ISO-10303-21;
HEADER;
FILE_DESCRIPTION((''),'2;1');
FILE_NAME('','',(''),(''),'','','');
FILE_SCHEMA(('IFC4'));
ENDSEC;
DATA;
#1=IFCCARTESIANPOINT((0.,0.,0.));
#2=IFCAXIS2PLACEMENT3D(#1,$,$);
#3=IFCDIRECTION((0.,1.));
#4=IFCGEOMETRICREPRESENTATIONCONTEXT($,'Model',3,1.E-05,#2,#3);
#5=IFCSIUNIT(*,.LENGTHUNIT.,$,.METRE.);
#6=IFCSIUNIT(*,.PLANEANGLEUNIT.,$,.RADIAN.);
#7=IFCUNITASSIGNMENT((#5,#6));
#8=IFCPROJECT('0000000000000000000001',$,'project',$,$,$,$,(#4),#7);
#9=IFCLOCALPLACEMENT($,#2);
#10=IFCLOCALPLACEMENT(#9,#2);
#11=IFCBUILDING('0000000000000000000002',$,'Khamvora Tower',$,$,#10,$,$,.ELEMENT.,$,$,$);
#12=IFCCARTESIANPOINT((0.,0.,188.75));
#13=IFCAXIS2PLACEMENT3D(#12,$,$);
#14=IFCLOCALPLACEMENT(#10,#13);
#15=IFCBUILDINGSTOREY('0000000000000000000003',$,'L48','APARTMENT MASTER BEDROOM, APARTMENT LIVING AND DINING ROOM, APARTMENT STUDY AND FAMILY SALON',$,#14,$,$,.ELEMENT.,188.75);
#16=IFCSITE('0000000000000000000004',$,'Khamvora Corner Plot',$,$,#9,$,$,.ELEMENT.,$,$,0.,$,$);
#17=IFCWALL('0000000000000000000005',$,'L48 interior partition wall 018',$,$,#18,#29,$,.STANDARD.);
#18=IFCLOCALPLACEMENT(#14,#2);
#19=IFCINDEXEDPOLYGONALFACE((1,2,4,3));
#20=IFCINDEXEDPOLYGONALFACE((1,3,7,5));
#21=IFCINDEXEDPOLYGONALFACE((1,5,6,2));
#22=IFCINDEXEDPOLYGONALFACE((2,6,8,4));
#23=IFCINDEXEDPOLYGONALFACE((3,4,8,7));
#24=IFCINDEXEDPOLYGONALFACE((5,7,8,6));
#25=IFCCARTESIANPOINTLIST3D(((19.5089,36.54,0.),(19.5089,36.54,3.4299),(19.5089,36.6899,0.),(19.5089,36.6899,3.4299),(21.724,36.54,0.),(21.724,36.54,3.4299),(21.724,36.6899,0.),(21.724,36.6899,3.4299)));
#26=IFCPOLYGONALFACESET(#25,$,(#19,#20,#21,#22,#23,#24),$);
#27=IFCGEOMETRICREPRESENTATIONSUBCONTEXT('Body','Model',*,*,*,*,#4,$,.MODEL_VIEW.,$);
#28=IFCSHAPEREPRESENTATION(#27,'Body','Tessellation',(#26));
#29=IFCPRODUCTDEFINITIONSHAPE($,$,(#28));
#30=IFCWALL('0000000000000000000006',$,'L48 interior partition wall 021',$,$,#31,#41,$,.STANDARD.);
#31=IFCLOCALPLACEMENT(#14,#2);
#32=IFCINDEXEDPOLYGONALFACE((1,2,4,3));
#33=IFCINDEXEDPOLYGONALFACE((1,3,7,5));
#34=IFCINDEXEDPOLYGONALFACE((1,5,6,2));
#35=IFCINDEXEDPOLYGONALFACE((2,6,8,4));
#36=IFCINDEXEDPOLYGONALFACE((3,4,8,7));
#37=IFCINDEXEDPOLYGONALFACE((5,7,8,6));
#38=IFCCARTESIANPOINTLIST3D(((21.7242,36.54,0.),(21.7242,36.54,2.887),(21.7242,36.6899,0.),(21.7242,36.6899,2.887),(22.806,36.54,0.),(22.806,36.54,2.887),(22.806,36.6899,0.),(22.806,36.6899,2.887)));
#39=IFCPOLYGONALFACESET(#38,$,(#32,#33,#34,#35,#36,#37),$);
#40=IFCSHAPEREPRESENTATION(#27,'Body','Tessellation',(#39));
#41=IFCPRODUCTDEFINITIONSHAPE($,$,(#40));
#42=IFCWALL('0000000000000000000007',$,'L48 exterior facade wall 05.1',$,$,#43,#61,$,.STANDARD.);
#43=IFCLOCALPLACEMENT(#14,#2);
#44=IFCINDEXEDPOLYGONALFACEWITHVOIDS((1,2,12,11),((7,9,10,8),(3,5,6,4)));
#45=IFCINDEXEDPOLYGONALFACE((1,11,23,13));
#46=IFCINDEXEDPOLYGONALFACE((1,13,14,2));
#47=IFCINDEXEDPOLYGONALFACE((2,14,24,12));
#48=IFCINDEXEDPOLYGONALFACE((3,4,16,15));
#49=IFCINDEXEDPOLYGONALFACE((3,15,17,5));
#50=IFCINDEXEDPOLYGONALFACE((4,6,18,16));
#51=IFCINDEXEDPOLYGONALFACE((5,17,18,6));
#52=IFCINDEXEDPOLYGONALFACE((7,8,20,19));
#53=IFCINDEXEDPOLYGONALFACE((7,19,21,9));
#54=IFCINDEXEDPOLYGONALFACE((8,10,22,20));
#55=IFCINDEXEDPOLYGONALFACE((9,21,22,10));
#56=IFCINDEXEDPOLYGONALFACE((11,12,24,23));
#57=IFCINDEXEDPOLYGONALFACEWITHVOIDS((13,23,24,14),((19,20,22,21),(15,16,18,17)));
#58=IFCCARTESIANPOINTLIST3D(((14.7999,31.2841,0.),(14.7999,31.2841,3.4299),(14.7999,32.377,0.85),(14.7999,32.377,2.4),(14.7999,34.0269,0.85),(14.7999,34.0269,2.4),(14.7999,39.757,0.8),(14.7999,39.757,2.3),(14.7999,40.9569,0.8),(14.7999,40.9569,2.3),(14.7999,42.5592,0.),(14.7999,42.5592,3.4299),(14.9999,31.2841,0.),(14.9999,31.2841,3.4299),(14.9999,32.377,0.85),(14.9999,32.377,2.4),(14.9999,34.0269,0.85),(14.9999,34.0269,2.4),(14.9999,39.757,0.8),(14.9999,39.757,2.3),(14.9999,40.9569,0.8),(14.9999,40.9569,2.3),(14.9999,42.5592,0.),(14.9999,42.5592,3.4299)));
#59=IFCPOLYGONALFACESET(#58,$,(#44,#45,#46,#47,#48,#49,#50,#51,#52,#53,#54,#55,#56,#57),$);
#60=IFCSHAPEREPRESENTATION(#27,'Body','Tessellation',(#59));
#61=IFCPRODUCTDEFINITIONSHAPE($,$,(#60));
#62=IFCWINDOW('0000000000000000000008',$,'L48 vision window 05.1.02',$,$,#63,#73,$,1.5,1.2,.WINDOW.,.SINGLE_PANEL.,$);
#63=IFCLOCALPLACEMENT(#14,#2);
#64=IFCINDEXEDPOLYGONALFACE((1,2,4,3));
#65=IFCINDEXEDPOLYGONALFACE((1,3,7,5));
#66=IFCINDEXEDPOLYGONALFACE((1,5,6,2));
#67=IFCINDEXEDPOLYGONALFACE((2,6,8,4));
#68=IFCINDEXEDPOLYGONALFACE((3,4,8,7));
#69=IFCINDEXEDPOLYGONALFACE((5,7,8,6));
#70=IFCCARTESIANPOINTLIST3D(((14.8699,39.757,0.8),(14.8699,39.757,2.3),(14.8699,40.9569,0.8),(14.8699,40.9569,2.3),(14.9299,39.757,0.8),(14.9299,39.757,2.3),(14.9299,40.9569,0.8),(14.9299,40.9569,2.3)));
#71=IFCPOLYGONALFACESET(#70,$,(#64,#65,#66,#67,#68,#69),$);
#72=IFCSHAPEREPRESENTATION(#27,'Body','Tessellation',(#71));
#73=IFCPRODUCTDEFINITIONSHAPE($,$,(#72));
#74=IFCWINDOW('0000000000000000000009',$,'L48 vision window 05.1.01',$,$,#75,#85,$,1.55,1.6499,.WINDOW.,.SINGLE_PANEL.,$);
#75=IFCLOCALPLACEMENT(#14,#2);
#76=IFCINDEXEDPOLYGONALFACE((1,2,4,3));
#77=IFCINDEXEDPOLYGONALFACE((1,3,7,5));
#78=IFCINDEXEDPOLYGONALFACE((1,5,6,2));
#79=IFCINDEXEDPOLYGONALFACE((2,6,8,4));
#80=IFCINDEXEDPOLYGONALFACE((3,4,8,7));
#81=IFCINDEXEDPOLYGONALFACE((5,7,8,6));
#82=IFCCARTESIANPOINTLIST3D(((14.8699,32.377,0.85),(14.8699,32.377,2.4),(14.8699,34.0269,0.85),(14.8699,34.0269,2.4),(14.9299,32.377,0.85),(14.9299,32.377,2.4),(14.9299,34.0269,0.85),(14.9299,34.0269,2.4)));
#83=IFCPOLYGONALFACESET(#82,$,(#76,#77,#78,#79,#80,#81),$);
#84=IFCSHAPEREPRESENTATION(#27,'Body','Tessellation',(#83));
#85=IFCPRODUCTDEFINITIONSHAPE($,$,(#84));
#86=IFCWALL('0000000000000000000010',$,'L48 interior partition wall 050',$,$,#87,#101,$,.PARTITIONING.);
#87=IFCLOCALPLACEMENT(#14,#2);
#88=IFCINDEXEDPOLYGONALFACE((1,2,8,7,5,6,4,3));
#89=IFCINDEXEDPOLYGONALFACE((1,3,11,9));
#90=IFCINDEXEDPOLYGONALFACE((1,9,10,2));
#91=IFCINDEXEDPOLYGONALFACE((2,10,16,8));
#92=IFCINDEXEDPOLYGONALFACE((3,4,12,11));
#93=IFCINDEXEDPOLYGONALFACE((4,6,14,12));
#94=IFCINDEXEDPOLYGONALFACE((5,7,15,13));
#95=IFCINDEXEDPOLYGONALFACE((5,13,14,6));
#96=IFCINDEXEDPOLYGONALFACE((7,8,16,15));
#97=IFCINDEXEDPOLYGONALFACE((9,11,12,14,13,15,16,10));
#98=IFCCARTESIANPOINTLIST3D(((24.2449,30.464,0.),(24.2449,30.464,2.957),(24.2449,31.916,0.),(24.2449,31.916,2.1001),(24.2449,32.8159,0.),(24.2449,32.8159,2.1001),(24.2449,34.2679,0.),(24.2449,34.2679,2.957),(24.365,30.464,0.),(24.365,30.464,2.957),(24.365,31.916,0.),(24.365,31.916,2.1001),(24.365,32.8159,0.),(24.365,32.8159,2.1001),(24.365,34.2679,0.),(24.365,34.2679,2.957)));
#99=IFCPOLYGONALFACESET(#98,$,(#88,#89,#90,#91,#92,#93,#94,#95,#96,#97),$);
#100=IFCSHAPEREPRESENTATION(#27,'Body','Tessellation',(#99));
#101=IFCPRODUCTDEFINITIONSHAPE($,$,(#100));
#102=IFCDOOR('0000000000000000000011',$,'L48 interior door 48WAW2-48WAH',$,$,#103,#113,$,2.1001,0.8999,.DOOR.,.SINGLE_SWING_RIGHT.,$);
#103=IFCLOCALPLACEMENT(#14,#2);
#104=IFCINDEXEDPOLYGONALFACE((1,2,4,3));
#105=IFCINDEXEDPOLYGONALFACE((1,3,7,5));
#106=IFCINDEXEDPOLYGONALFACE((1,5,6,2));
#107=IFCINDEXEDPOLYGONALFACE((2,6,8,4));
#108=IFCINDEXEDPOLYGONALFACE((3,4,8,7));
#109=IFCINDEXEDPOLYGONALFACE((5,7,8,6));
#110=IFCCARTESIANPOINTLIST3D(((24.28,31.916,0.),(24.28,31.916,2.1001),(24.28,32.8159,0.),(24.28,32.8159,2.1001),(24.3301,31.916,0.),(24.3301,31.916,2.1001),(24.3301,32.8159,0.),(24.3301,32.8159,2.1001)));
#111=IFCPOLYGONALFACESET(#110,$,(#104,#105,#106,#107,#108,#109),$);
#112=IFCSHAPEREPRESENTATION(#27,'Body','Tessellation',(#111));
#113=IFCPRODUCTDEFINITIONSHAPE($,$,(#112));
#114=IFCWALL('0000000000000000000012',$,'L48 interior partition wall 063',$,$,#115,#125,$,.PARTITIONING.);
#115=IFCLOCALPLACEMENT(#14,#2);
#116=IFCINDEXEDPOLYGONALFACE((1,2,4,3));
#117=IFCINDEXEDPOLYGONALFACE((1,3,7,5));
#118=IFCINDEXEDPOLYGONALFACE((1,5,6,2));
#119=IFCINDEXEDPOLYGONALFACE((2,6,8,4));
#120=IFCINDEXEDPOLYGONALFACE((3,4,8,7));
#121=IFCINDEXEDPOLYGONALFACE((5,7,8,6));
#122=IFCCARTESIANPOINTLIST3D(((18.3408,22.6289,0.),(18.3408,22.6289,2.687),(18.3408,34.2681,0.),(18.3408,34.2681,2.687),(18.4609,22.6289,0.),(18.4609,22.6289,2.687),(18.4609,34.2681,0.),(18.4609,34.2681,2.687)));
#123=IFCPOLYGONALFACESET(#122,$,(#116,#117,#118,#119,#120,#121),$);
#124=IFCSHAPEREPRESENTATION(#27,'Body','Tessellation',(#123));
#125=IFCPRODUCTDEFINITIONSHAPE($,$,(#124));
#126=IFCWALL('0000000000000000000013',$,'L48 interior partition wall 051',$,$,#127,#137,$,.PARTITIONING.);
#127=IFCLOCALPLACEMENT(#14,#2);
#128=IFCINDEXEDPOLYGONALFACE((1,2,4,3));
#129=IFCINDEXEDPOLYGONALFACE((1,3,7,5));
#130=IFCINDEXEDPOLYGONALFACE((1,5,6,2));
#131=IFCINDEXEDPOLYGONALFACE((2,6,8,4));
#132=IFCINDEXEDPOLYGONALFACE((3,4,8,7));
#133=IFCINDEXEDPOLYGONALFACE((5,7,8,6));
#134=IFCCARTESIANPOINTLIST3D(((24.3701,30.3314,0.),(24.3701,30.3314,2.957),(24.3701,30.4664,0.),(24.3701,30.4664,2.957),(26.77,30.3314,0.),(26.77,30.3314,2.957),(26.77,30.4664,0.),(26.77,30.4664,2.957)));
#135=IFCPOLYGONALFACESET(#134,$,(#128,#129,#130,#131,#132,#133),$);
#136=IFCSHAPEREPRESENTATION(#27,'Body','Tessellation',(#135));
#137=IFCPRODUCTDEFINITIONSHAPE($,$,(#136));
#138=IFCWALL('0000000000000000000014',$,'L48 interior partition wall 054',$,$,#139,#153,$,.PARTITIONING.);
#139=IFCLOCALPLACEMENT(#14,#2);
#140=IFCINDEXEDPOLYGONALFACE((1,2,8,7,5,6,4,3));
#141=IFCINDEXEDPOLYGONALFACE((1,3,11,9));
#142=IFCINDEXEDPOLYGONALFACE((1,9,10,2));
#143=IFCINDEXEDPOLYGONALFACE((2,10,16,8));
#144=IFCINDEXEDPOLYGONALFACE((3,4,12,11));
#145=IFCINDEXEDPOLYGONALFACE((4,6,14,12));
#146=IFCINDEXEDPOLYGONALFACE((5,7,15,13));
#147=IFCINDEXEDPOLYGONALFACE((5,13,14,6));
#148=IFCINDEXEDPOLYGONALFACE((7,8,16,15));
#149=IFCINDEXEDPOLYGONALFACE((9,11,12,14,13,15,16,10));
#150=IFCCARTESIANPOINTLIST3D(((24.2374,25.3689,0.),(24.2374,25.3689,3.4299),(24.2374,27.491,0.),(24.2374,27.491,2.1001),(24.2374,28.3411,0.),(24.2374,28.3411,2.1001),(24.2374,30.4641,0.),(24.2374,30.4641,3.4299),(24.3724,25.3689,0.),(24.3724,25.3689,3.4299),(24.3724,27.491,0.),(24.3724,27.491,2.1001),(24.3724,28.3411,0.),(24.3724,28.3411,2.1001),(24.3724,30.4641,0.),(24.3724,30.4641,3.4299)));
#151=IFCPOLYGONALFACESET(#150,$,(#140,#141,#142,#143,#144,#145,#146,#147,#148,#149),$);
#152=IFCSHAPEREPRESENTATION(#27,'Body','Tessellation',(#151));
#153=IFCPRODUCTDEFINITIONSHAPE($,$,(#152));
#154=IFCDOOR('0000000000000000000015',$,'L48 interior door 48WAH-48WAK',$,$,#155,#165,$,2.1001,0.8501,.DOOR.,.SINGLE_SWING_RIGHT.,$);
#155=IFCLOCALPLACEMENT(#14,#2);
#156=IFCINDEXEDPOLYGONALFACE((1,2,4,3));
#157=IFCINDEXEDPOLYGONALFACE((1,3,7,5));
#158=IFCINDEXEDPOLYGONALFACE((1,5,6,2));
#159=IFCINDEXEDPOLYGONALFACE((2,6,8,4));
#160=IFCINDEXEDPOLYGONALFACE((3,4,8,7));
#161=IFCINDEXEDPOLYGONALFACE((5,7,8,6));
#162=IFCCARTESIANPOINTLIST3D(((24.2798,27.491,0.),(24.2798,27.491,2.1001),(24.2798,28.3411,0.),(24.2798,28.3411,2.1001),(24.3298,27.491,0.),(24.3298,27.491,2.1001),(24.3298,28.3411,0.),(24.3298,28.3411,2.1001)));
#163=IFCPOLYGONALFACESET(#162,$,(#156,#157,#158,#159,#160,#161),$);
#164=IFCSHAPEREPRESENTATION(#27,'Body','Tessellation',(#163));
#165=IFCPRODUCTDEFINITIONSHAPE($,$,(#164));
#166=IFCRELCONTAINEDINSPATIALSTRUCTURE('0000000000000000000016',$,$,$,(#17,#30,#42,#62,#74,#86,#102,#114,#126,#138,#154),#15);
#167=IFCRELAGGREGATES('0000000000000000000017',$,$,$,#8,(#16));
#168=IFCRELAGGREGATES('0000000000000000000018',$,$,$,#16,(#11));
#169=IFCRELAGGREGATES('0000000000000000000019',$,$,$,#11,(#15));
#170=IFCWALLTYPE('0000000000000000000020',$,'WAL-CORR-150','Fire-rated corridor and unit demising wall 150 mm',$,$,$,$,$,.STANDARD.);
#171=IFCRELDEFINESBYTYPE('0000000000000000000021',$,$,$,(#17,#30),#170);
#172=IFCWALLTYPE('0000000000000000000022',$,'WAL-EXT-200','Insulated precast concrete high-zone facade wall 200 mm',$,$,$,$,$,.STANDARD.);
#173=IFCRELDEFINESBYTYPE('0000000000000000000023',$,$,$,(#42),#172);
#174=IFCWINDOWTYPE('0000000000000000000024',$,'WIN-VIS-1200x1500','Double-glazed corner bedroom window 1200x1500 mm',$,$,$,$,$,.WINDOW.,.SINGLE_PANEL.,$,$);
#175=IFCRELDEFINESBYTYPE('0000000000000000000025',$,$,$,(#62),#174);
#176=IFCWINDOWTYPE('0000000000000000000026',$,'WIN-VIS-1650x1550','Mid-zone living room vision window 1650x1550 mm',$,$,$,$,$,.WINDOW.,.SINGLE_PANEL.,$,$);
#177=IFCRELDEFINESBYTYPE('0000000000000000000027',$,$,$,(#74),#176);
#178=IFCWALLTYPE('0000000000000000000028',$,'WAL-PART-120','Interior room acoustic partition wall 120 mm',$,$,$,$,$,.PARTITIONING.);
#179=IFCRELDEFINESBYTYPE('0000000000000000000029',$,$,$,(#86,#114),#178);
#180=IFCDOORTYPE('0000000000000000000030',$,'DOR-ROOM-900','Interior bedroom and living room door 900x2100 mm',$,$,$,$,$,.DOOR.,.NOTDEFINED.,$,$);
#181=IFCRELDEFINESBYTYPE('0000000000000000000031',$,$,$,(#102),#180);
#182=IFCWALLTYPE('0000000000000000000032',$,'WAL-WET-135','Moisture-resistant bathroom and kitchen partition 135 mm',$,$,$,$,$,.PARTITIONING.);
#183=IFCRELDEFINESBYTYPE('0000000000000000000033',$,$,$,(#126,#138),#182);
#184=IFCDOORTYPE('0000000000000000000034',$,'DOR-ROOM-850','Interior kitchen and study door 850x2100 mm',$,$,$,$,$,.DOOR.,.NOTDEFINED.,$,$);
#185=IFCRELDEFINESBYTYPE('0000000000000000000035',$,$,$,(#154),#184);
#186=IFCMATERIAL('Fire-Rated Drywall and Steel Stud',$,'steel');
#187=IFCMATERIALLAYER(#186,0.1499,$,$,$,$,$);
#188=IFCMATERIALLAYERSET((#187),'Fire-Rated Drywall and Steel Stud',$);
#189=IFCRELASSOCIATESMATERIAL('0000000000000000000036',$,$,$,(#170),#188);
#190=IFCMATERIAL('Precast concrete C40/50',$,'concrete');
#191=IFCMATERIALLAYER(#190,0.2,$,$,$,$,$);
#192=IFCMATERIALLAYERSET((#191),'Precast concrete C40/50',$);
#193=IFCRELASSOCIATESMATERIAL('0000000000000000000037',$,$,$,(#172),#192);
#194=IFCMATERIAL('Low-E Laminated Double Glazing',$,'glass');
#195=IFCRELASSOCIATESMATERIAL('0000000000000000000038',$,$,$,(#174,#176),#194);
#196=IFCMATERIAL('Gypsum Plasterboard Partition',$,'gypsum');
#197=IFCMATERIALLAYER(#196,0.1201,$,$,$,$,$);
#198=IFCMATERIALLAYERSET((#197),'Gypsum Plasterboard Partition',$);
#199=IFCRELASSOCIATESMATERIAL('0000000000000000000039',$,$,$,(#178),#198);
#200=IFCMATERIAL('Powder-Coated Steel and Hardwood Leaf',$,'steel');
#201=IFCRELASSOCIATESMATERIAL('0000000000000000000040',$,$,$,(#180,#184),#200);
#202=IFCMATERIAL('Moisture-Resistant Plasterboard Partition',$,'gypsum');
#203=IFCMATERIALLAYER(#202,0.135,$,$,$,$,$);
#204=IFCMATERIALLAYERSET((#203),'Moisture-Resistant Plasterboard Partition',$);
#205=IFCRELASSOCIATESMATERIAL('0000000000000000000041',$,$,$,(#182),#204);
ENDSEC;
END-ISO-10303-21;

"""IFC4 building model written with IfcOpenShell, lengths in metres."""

from ifc_helpers import new_model, si_unit, direction, frame, frame_2d, origin, place, context, subcontext, project, spatial, rectangle, extrude, material, layer, layer_set, type_object, element, fill, save


model = new_model("IFC4")

# Units and contexts
model_context = context("Model", 3, precision=1e-05, world=origin(), true_north=direction((0.0, 1.0)))
body_context = subcontext(model_context, "Body", "Model", "MODEL_VIEW")
ifc_project = project(units=[si_unit("LENGTHUNIT", "METRE"), si_unit("PLANEANGLEUNIT", "RADIAN")], contexts=[model_context])

# Site, building, storey
site_placement = place(None, origin())
site = spatial("IfcSite", under=ifc_project, at=site_placement, Name="Khamvora Corner Plot", CompositionType="ELEMENT", RefElevation=0.0)
building_placement = place(site_placement, origin())
building = spatial("IfcBuilding", under=site, at=building_placement, Name="Khamvora Tower", CompositionType="ELEMENT")
storey_placement = place(building_placement, frame((0.0, 0.0, 188.75)))
storey = spatial("IfcBuildingStorey", under=building, at=storey_placement, Name="L48", Description="APARTMENT MASTER BEDROOM, APARTMENT LIVING AND DINING ROOM, APARTMENT STUDY AND FAMILY SALON", CompositionType="ELEMENT", Elevation=188.75)

# Shared definitions
ifc_material_1 = material(Name="Fire-Rated Drywall and Steel Stud", Category="steel")
ifc_layer_1 = layer(ifc_material_1, 0.1499)
ifc_layer_set_1 = layer_set([ifc_layer_1], Name="Fire-Rated Drywall and Steel Stud")
wall_type_1 = type_object("IfcWallType", Name="WAL-CORR-150", Description="Fire-rated corridor and unit demising wall 150 mm", PredefinedType="STANDARD", material=ifc_layer_set_1)

# Shared definitions
ifc_material_2 = material(Name="Powder-Coated Steel and Hardwood Leaf", Category="steel")

# Wall
wall_1_placement = place(storey_placement, frame((19.509, 36.615, 0.0), z_axis=(0.0, 0.0, 1.0), x_axis=(1.0, 0.0, 0.0)))
element("IfcWall", 1, at=wall_1_placement, inside=storey, type_object=wall_type_1, Name="L48 interior partition wall 018", PredefinedType="STANDARD", context=body_context, shape_type="SweptSolid", body=[
    extrude(rectangle(XDim=2.2151, YDim=0.1499, at=frame_2d((1.1074, 0.0))), origin(), (0.0, 0.0, 1.0), 3.4299),
])

# Wall
wall_2_placement = place(storey_placement, frame((21.7241, 36.615, 0.0), z_axis=(0.0, 0.0, 1.0), x_axis=(1.0, 0.0, 0.0)))
element("IfcWall", 2, at=wall_2_placement, inside=storey, type_object=wall_type_1, Name="L48 interior partition wall 021", PredefinedType="STANDARD", context=body_context, shape_type="SweptSolid", body=[
    extrude(rectangle(XDim=1.0818, YDim=0.1499, at=frame_2d((0.541, 0.0))), origin(), (0.0, 0.0, 1.0), 2.887),
])

# Wall, openings, windows
ifc_material_3 = material(Name="Precast concrete C40/50", Category="concrete")
ifc_layer_2 = layer(ifc_material_3, 0.2)
ifc_layer_set_2 = layer_set([ifc_layer_2], Name="Precast concrete C40/50")
wall_type_2 = type_object("IfcWallType", Name="WAL-EXT-200", Description="Insulated precast concrete high-zone facade wall 200 mm", PredefinedType="STANDARD", material=ifc_layer_set_2)
wall_3_placement = place(storey_placement, frame((14.8999, 31.2839, 0.0), z_axis=(0.0, 0.0, 1.0), x_axis=(0.0, 1.0, 0.0)))
wall_3 = element("IfcWall", 3, at=wall_3_placement, inside=storey, type_object=wall_type_2, Name="L48 exterior facade wall 05.1", PredefinedType="STANDARD", context=body_context, shape_type="SweptSolid", body=[
    extrude(rectangle(XDim=11.2751, YDim=0.2, at=frame_2d((5.6377, 0.0))), origin(), (0.0, 0.0, 1.0), 3.4299),
])
opening_1_placement = place(wall_3_placement, frame((1.093, 0.0, 0.8501)))
opening_1 = element("IfcOpeningElement", 4, at=opening_1_placement, cuts=wall_3, PredefinedType="OPENING", context=body_context, shape_type="SweptSolid", body=[
    extrude(rectangle(XDim=1.6499, YDim=1.55, at=frame_2d((0.825, 0.7749))), frame((0.0, 0.1099, 0.0), z_axis=(0.0, -1.0, 0.0), x_axis=(1.0, 0.0, 0.0)), (0.0, 0.0, 1.0), 0.22),
])
opening_2_placement = place(wall_3_placement, frame((8.4729, 0.0, 0.8)))
opening_2 = element("IfcOpeningElement", 5, at=opening_2_placement, cuts=wall_3, PredefinedType="OPENING", context=body_context, shape_type="SweptSolid", body=[
    extrude(rectangle(XDim=1.2, YDim=1.5, at=frame_2d((0.6001, 0.75))), frame((0.0, 0.1099, 0.0), z_axis=(0.0, -1.0, 0.0), x_axis=(1.0, 0.0, 0.0)), (0.0, 0.0, 1.0), 0.22),
])
ifc_material_4 = material(Name="Low-E Laminated Double Glazing", Category="glass")
window_type_1 = type_object("IfcWindowType", Name="WIN-VIS-1200x1500", Description="Double-glazed corner bedroom window 1200x1500 mm", PartitioningType="SINGLE_PANEL", PredefinedType="WINDOW", material=ifc_material_4)
window_1_placement = place(opening_2_placement, origin())
window_1 = element("IfcWindow", 6, at=window_1_placement, inside=storey, type_object=window_type_1, Name="L48 vision window 05.1.02", OverallHeight=1.5, OverallWidth=1.2, PartitioningType="SINGLE_PANEL", PredefinedType="WINDOW", context=body_context, shape_type="SweptSolid", body=[
    extrude(rectangle(XDim=1.2, YDim=1.5, at=frame_2d((0.6001, 0.75))), frame((0.0, 0.03, 0.0), z_axis=(0.0, -1.0, 0.0), x_axis=(1.0, 0.0, 0.0)), (0.0, 0.0, 1.0), 0.0601),
])
fill(opening_2, window_1)
window_type_2 = type_object("IfcWindowType", Name="WIN-VIS-1650x1550", Description="Mid-zone living room vision window 1650x1550 mm", PartitioningType="SINGLE_PANEL", PredefinedType="WINDOW", material=ifc_material_4)
window_2_placement = place(opening_1_placement, origin())
window_2 = element("IfcWindow", 7, at=window_2_placement, inside=storey, type_object=window_type_2, Name="L48 vision window 05.1.01", OverallHeight=1.55, OverallWidth=1.6499, PartitioningType="SINGLE_PANEL", PredefinedType="WINDOW", context=body_context, shape_type="SweptSolid", body=[
    extrude(rectangle(XDim=1.6499, YDim=1.55, at=frame_2d((0.825, 0.7749))), frame((0.0, 0.03, 0.0), z_axis=(0.0, -1.0, 0.0), x_axis=(1.0, 0.0, 0.0)), (0.0, 0.0, 1.0), 0.0601),
])
fill(opening_1, window_2)

# Wall, opening, door
ifc_material_5 = material(Name="Gypsum Plasterboard Partition", Category="gypsum")
ifc_layer_3 = layer(ifc_material_5, 0.1201)
ifc_layer_set_3 = layer_set([ifc_layer_3], Name="Gypsum Plasterboard Partition")
wall_type_3 = type_object("IfcWallType", Name="WAL-PART-120", Description="Interior room acoustic partition wall 120 mm", PredefinedType="PARTITIONING", material=ifc_layer_set_3)
wall_4_placement = place(storey_placement, frame((24.3049, 30.4641, 0.0), z_axis=(0.0, 0.0, 1.0), x_axis=(0.0, 1.0, 0.0)))
wall_4 = element("IfcWall", 8, at=wall_4_placement, inside=storey, type_object=wall_type_3, Name="L48 interior partition wall 050", PredefinedType="PARTITIONING", context=body_context, shape_type="SweptSolid", body=[
    extrude(rectangle(XDim=3.804, YDim=0.1201, at=frame_2d((1.9019, 0.0))), origin(), (0.0, 0.0, 1.0), 2.957),
])
opening_3_placement = place(wall_4_placement, frame((1.4519, 0.0, 0.0)))
opening_3 = element("IfcOpeningElement", 9, at=opening_3_placement, cuts=wall_4, PredefinedType="OPENING", context=body_context, shape_type="SweptSolid", body=[
    extrude(rectangle(XDim=0.8999, YDim=2.1001, at=frame_2d((0.45, 1.05))), frame((0.0, 0.0701, 0.0), z_axis=(0.0, -1.0, 0.0), x_axis=(1.0, 0.0, 0.0)), (0.0, 0.0, 1.0), 0.1401),
])
door_type_1 = type_object("IfcDoorType", Name="DOR-ROOM-900", Description="Interior bedroom and living room door 900x2100 mm", OperationType="NOTDEFINED", PredefinedType="DOOR", material=ifc_material_2)
door_1_placement = place(opening_3_placement, origin())
door_1 = element("IfcDoor", 10, at=door_1_placement, inside=storey, type_object=door_type_1, Name="L48 interior door 48WAW2-48WAH", OperationType="SINGLE_SWING_RIGHT", OverallHeight=2.1001, OverallWidth=0.8999, PredefinedType="DOOR", context=body_context, shape_type="SweptSolid", body=[
    extrude(rectangle(XDim=0.8999, YDim=2.1001, at=frame_2d((0.45, 1.05))), frame((0.0, 0.0249, 0.0), z_axis=(0.0, -1.0, 0.0), x_axis=(1.0, 0.0, 0.0)), (0.0, 0.0, 1.0), 0.05),
])
fill(opening_3, door_1)

# Walls
wall_5_placement = place(storey_placement, frame((18.4009, 34.2681, 0.0), z_axis=(0.0, 0.0, 1.0), x_axis=(0.0, -1.0, 0.0)))
element("IfcWall", 11, at=wall_5_placement, inside=storey, type_object=wall_type_3, Name="L48 interior partition wall 063", PredefinedType="PARTITIONING", context=body_context, shape_type="SweptSolid", body=[
    extrude(rectangle(XDim=11.6392, YDim=0.1201, at=frame_2d((5.8196, 0.0))), origin(), (0.0, 0.0, 1.0), 2.687),
])
ifc_material_6 = material(Name="Moisture-Resistant Plasterboard Partition", Category="gypsum")
ifc_layer_4 = layer(ifc_material_6, 0.135)
ifc_layer_set_4 = layer_set([ifc_layer_4], Name="Moisture-Resistant Plasterboard Partition")
wall_type_4 = type_object("IfcWallType", Name="WAL-WET-135", Description="Moisture-resistant bathroom and kitchen partition 135 mm", PredefinedType="PARTITIONING", material=ifc_layer_set_4)
wall_6_placement = place(storey_placement, frame((26.77, 30.3989, 0.0), z_axis=(0.0, 0.0, 1.0), x_axis=(-1.0, 0.0, 0.0)))
element("IfcWall", 12, at=wall_6_placement, inside=storey, type_object=wall_type_4, Name="L48 interior partition wall 051", PredefinedType="PARTITIONING", context=body_context, shape_type="SweptSolid", body=[
    extrude(rectangle(XDim=2.3999, YDim=0.135, at=frame_2d((1.2, 0.0))), origin(), (0.0, 0.0, 1.0), 2.957),
])

# Wall, opening, door
wall_7_placement = place(storey_placement, frame((24.3049, 30.4641, 0.0), z_axis=(0.0, 0.0, 1.0), x_axis=(0.0, -1.0, 0.0)))
wall_7 = element("IfcWall", 13, at=wall_7_placement, inside=storey, type_object=wall_type_4, Name="L48 interior partition wall 054", PredefinedType="PARTITIONING", context=body_context, shape_type="SweptSolid", body=[
    extrude(rectangle(XDim=5.0952, YDim=0.135, at=frame_2d((2.5476, 0.0))), origin(), (0.0, 0.0, 1.0), 3.4299),
])
opening_4_placement = place(wall_7_placement, frame((2.123, 0.0, 0.0)))
opening_4 = element("IfcOpeningElement", 14, at=opening_4_placement, cuts=wall_7, PredefinedType="OPENING", context=body_context, shape_type="SweptSolid", body=[
    extrude(rectangle(XDim=0.8501, YDim=2.1001, at=frame_2d((0.425, 1.05))), frame((0.0, 0.0774, 0.0), z_axis=(0.0, -1.0, 0.0), x_axis=(1.0, 0.0, 0.0)), (0.0, 0.0, 1.0), 0.155),
])
door_type_2 = type_object("IfcDoorType", Name="DOR-ROOM-850", Description="Interior kitchen and study door 850x2100 mm", OperationType="NOTDEFINED", PredefinedType="DOOR", material=ifc_material_2)
door_2_placement = place(opening_4_placement, origin())
door_2 = element("IfcDoor", 15, at=door_2_placement, inside=storey, type_object=door_type_2, Name="L48 interior door 48WAH-48WAK", OperationType="SINGLE_SWING_RIGHT", OverallHeight=2.1001, OverallWidth=0.8501, PredefinedType="DOOR", context=body_context, shape_type="SweptSolid", body=[
    extrude(rectangle(XDim=0.8501, YDim=2.1001, at=frame_2d((0.425, 1.05))), frame((0.0, 0.0249, 0.0), z_axis=(0.0, -1.0, 0.0), x_axis=(1.0, 0.0, 0.0)), (0.0, 0.0, 1.0), 0.05),
])
fill(opening_4, door_2)

save(model, "model.ifc")
